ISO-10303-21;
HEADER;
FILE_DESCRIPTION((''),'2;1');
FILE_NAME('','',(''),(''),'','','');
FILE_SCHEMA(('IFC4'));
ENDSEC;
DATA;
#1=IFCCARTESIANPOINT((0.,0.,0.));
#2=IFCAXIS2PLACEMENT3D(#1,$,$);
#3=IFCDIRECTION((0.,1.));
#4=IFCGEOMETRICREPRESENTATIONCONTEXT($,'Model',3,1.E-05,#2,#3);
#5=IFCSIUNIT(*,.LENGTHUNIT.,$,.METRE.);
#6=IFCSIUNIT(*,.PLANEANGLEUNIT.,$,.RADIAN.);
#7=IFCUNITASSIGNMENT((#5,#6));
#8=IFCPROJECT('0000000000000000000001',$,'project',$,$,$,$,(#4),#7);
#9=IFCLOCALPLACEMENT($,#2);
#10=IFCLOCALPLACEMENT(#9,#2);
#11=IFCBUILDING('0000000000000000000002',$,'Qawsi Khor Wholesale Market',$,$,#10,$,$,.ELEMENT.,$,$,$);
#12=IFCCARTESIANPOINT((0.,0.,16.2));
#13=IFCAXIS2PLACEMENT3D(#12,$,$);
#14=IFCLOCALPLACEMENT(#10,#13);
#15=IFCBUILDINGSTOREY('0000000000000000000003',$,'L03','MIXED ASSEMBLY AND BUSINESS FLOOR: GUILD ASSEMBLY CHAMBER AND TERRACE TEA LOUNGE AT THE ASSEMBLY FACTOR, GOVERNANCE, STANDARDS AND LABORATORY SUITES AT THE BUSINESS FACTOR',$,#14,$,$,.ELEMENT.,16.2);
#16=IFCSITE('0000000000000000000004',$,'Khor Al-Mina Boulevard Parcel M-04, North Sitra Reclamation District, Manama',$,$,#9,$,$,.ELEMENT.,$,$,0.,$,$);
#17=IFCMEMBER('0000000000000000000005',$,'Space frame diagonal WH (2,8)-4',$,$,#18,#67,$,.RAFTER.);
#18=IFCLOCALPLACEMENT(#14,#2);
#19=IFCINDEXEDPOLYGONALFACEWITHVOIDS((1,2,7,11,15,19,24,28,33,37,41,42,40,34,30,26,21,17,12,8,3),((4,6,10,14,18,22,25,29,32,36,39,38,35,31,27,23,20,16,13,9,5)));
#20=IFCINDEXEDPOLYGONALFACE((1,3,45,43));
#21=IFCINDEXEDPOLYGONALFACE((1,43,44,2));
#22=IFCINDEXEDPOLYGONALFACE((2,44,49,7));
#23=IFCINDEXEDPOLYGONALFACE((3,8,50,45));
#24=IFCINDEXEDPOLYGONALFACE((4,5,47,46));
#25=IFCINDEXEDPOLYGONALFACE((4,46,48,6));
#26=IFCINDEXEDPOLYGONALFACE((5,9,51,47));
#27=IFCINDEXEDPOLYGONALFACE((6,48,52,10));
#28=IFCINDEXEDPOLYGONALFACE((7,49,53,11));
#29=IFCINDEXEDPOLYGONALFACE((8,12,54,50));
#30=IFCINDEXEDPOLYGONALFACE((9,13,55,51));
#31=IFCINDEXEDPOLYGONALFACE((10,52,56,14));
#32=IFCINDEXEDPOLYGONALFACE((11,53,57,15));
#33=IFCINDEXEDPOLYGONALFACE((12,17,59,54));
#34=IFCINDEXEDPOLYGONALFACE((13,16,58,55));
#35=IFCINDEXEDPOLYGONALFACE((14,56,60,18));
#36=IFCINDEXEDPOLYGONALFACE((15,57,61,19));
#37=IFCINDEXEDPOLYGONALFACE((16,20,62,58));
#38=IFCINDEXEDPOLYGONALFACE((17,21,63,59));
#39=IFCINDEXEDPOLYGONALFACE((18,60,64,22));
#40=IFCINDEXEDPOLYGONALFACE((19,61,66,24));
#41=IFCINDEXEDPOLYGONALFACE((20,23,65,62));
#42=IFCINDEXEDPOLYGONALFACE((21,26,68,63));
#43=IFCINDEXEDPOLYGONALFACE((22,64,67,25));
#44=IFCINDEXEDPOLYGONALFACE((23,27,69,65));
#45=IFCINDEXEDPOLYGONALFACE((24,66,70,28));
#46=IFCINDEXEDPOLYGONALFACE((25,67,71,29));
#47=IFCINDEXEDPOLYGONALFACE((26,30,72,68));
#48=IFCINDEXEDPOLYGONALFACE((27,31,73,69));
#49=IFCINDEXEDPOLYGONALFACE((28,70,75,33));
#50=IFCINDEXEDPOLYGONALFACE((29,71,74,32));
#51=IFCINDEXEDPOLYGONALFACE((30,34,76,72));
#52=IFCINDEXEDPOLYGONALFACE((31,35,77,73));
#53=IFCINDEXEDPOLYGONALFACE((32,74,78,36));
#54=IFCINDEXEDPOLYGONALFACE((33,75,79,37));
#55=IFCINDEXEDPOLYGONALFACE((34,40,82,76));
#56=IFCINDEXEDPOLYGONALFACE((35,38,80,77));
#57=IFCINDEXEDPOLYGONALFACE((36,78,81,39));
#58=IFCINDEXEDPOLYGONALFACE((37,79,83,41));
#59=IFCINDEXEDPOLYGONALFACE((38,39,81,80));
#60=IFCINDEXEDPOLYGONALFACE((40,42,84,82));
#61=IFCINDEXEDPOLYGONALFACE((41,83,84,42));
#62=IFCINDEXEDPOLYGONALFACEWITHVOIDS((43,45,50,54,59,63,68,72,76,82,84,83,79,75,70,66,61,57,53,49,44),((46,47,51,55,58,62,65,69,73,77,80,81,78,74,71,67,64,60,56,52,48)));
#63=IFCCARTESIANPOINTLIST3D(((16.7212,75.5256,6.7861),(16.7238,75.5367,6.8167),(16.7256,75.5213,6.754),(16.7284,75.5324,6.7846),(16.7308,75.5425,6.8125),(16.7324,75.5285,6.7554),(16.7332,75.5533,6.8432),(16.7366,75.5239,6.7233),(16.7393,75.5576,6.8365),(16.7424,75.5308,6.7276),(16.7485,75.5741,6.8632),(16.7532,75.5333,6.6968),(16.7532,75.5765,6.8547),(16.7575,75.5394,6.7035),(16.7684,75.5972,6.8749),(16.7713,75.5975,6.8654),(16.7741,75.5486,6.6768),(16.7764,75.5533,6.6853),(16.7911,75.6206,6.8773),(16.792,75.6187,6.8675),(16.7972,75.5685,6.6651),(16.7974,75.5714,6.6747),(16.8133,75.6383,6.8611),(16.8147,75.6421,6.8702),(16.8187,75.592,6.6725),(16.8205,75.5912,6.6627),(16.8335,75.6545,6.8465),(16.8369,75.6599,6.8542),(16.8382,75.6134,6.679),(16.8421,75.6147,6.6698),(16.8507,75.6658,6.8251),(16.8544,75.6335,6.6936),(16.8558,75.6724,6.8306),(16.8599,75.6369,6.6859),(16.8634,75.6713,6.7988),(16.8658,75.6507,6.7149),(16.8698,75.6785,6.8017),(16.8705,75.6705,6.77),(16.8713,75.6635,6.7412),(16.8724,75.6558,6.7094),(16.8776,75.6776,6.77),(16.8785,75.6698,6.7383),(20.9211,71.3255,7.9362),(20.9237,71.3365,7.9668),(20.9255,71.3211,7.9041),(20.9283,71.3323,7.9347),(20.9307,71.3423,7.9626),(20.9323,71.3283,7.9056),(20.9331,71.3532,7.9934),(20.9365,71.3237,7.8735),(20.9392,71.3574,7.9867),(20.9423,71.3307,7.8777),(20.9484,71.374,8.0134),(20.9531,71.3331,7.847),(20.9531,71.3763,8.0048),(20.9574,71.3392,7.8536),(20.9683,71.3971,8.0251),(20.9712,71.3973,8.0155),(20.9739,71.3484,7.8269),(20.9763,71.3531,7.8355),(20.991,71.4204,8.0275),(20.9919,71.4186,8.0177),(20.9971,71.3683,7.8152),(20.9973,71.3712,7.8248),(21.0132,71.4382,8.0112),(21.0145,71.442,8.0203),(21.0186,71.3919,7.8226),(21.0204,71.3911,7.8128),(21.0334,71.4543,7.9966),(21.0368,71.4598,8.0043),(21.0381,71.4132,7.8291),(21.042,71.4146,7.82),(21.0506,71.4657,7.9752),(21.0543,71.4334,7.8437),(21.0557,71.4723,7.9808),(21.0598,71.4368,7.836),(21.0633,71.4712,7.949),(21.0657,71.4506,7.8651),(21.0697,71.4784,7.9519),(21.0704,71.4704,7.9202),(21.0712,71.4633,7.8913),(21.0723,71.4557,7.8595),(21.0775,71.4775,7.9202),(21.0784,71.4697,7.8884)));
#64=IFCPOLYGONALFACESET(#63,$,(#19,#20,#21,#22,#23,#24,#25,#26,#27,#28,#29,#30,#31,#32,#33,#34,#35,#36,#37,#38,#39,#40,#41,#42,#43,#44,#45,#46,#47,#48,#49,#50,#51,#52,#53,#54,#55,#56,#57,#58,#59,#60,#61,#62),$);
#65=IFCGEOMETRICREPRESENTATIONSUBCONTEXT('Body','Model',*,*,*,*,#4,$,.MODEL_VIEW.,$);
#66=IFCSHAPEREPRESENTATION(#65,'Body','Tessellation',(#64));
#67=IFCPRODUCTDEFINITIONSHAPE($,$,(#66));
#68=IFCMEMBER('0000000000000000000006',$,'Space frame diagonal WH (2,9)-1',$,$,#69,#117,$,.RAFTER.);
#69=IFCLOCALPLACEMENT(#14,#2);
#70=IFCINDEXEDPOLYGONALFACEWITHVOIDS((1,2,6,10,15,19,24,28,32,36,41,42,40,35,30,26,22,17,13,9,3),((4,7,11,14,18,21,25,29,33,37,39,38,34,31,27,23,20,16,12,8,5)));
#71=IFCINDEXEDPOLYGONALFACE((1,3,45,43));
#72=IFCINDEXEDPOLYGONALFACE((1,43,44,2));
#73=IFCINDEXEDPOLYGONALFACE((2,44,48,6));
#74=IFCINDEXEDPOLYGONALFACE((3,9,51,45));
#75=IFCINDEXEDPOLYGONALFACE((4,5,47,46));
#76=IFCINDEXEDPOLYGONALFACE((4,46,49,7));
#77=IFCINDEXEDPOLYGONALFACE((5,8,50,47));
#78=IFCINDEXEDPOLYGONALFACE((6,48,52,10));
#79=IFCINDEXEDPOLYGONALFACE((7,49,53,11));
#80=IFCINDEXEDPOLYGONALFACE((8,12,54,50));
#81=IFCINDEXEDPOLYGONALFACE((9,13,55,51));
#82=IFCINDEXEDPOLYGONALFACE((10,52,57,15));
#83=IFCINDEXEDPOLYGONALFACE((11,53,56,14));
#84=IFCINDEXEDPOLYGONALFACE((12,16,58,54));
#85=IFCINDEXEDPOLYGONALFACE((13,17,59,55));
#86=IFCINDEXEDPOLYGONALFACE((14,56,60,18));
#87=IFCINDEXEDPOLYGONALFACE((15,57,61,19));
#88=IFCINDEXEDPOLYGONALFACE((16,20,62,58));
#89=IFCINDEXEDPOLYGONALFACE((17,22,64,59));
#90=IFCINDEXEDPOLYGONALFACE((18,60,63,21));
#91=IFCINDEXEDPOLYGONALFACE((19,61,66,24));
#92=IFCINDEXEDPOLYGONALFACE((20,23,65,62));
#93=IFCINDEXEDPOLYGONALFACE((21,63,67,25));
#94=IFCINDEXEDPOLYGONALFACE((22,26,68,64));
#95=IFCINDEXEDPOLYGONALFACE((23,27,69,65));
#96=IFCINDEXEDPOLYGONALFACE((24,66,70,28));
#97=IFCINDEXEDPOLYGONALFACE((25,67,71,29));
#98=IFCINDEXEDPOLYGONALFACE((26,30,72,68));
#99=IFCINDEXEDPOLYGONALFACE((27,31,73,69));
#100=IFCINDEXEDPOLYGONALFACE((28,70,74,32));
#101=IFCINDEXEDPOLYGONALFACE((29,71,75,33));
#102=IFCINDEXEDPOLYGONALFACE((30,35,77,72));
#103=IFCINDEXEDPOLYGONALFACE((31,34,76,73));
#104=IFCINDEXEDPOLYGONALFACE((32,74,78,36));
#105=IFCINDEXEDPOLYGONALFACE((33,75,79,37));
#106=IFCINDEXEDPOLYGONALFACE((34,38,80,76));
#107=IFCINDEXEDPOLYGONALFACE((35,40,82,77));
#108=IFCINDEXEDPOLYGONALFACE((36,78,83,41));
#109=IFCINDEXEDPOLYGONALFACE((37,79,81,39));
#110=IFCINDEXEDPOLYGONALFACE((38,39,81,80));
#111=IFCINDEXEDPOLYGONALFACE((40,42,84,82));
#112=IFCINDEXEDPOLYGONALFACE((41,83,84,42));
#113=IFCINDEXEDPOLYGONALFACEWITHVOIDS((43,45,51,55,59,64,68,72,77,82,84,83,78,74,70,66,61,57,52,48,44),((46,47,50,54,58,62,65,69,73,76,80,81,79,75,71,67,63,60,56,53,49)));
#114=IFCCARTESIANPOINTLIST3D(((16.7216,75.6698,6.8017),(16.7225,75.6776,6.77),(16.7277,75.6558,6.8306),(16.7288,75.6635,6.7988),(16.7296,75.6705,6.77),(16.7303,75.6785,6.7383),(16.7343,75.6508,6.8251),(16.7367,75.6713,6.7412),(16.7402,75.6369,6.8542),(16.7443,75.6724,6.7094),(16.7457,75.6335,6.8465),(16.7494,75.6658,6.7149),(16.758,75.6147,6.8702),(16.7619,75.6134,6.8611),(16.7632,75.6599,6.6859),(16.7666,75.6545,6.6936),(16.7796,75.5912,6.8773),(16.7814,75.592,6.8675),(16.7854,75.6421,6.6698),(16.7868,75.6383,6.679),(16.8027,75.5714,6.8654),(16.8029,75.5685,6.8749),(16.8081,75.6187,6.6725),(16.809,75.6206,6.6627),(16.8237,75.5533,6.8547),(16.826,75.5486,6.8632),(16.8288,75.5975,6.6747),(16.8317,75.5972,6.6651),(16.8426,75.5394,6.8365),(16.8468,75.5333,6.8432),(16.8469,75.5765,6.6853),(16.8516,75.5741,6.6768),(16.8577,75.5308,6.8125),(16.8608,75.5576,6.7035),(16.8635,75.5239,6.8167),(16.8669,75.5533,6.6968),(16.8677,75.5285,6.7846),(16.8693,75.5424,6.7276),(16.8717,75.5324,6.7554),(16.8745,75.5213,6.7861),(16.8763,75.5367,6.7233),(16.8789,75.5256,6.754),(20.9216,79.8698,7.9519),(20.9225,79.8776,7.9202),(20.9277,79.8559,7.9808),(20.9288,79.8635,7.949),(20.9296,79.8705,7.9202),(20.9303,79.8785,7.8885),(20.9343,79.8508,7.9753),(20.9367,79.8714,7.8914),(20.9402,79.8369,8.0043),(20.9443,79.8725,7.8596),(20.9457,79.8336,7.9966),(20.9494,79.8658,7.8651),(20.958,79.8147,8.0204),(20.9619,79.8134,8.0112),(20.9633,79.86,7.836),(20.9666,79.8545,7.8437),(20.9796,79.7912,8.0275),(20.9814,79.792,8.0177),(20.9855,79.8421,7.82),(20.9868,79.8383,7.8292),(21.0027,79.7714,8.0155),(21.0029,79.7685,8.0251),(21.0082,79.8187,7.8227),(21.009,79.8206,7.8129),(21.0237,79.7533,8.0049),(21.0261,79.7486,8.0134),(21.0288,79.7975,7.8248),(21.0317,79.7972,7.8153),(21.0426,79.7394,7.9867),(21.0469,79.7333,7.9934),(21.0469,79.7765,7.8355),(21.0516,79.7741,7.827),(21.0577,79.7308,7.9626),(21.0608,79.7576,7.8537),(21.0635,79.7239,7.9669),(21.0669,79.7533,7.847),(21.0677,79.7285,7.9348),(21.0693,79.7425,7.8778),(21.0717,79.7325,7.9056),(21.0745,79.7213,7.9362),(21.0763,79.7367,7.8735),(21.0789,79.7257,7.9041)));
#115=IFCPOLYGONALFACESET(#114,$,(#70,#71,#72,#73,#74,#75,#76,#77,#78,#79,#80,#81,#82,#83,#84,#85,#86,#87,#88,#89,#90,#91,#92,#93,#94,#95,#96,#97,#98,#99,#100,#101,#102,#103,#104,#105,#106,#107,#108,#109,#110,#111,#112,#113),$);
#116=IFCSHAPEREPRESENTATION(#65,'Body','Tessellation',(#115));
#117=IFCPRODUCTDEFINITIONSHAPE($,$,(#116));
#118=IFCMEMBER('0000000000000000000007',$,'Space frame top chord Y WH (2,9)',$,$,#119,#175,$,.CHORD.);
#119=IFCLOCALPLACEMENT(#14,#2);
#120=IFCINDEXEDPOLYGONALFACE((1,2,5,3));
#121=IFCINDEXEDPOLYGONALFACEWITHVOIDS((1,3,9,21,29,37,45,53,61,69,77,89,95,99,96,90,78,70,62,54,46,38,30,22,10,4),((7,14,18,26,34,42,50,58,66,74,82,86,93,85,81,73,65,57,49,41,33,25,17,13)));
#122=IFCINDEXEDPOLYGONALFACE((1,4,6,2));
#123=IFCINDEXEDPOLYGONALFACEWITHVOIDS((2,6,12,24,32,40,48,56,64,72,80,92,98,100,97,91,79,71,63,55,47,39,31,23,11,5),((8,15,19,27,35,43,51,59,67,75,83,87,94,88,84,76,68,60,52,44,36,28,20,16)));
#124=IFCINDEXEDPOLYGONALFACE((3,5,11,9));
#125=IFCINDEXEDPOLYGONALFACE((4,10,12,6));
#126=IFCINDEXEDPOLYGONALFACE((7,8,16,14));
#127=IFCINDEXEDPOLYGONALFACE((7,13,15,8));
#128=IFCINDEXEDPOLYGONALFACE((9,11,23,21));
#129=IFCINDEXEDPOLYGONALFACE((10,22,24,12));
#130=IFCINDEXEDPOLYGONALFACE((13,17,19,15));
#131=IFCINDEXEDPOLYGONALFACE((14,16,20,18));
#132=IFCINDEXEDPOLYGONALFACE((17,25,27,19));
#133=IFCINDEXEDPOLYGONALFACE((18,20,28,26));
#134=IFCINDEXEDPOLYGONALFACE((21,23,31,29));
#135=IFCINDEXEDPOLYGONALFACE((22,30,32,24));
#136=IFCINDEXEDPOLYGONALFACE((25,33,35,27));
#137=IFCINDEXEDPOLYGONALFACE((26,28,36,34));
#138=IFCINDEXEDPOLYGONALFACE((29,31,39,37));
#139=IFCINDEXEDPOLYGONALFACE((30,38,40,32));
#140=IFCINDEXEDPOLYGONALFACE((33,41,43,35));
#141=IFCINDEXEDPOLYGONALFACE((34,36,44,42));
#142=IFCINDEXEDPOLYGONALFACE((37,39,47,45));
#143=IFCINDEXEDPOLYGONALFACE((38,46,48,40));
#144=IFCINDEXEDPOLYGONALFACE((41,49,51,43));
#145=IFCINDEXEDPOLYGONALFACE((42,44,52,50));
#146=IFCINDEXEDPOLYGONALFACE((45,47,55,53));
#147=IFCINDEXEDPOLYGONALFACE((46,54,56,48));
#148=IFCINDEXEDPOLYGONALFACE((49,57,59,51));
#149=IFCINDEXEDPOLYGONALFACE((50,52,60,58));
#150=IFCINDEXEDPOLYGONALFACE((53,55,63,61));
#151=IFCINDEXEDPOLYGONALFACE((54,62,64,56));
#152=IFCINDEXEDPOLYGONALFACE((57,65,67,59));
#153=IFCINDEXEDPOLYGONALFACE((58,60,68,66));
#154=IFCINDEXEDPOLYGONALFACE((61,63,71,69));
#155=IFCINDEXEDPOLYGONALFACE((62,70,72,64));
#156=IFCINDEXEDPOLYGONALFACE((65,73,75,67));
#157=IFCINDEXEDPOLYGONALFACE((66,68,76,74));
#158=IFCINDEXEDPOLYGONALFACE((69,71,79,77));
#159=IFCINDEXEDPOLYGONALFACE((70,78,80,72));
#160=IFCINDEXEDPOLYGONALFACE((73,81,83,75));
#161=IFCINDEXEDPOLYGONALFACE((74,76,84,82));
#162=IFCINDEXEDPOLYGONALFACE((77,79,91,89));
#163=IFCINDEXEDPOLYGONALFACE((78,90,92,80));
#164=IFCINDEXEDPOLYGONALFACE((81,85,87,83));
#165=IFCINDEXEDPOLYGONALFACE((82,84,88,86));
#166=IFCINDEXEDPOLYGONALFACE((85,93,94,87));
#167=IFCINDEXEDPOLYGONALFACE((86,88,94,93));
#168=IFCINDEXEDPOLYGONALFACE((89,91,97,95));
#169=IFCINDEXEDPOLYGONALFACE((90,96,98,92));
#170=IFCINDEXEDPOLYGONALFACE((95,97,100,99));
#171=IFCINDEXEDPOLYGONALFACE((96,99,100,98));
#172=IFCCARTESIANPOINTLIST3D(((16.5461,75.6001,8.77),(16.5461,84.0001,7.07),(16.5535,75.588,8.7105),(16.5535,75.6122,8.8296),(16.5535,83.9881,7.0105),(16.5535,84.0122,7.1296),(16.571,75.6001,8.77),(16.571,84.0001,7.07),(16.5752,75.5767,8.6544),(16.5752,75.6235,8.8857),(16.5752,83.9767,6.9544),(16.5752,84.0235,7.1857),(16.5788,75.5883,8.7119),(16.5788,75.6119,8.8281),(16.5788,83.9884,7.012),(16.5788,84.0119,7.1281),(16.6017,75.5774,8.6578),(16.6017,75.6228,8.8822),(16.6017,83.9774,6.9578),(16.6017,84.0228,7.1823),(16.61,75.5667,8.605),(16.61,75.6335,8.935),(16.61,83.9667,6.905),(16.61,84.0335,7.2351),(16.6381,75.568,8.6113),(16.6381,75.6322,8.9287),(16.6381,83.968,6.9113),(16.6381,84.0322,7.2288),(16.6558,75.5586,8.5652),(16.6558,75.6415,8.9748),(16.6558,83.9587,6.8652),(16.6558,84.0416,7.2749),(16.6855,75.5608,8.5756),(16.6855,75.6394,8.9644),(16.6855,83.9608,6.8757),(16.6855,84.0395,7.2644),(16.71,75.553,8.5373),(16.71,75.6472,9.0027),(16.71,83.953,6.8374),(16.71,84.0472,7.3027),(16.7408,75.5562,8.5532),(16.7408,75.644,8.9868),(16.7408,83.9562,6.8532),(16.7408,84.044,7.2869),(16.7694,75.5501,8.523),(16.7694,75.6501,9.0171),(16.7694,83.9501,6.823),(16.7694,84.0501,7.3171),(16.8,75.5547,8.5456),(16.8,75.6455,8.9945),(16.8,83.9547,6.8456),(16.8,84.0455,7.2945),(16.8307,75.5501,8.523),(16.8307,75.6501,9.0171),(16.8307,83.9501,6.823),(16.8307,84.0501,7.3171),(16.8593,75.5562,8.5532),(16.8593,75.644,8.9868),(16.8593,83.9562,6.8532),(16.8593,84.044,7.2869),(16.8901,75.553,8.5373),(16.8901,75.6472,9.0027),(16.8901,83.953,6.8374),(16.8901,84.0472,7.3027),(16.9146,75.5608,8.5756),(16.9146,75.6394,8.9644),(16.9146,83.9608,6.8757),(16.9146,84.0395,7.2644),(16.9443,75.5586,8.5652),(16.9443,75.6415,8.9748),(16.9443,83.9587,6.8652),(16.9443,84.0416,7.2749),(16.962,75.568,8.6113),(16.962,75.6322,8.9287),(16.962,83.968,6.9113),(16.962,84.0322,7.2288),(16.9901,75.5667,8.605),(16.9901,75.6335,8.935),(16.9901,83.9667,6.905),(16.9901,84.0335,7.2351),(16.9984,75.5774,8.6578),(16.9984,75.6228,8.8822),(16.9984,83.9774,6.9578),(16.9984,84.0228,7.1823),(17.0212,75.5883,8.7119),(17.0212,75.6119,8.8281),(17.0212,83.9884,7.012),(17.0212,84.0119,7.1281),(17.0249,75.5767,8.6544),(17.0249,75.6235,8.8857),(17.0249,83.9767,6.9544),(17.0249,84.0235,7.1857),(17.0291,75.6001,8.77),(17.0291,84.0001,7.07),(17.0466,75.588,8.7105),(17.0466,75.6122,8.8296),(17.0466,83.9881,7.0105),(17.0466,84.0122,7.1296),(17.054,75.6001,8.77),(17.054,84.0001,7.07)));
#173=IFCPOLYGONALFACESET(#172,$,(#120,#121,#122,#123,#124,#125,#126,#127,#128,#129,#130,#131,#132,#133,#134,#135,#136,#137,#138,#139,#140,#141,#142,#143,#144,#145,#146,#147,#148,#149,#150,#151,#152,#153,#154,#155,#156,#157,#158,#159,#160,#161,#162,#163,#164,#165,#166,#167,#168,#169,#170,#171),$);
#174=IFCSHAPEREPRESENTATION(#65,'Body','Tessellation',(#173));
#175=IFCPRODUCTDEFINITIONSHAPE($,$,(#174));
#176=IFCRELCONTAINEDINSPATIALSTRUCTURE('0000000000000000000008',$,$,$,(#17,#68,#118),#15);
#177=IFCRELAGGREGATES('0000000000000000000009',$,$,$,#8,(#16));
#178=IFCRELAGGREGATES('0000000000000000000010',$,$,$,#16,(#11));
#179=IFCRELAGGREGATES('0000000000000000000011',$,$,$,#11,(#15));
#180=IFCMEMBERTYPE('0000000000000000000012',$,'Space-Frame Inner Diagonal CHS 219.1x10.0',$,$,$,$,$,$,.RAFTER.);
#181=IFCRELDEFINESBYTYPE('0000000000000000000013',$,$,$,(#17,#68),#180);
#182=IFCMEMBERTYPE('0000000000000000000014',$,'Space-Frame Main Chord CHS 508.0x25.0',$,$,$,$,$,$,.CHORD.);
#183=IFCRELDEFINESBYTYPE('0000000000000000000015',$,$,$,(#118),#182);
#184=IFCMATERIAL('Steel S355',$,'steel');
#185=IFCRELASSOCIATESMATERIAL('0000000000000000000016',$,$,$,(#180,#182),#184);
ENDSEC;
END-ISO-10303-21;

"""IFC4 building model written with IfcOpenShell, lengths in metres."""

from ifc_helpers import new_model, si_unit, direction, frame, origin, origin_2d, place, context, subcontext, project, spatial, hollow_circle, extrude, material, material_profile, profile_set, type_object, element, save


model = new_model("IFC4")

# Units and contexts
model_context = context("Model", 3, precision=1e-05, world=origin(), true_north=direction((0.0, 1.0)))
body_context = subcontext(model_context, "Body", "Model", "MODEL_VIEW")
ifc_project = project(units=[si_unit("LENGTHUNIT", "METRE"), si_unit("PLANEANGLEUNIT", "RADIAN")], contexts=[model_context])

# Site, building, storey
site_placement = place(None, origin())
site = spatial("IfcSite", under=ifc_project, at=site_placement, Name="Khor Al-Mina Boulevard Parcel M-04, North Sitra Reclamation District, Manama", CompositionType="ELEMENT", RefElevation=0.0)
building_placement = place(site_placement, origin())
building = spatial("IfcBuilding", under=site, at=building_placement, Name="Qawsi Khor Wholesale Market", CompositionType="ELEMENT")
storey_placement = place(building_placement, frame((0.0, 0.0, 16.2)))
storey = spatial("IfcBuildingStorey", under=building, at=storey_placement, Name="L03", Description="MIXED ASSEMBLY AND BUSINESS FLOOR: GUILD ASSEMBLY CHAMBER AND TERRACE TEA LOUNGE AT THE ASSEMBLY FACTOR, GOVERNANCE, STANDARDS AND LABORATORY SUITES AT THE BUSINESS FACTOR", CompositionType="ELEMENT", Elevation=16.2)

# Members
ifc_material_1 = material(Name="Steel S355", Category="steel")
ifc_material_profile_1 = material_profile(ifc_material_1, hollow_circle(Radius=0.1096, WallThickness=0.01, at=origin_2d()), Name="CHS 219.1x10.0")
ifc_profile_set_1 = profile_set([ifc_material_profile_1], Name="Steel S355")
member_type_1 = type_object("IfcMemberType", Name="Space-Frame Inner Diagonal CHS 219.1x10.0", PredefinedType="RAFTER", material=ifc_profile_set_1)
for number, where, z_axis, x_axis, name in (
    (1, (16.8, 75.6001, 6.77), (0.694192, -0.694232, 0.190103), (0.707127, 0.707086, 0.0), "Space frame diagonal WH (2,8)-4"),
    (2, (16.8, 75.6001, 6.77), (0.694211, 0.694211, 0.190108), (-0.707107, 0.707107, 0.0), "Space frame diagonal WH (2,9)-1"),
):
    element("IfcMember", number, at=place(storey_placement, frame(where, z_axis=z_axis, x_axis=x_axis)), inside=storey, type_object=member_type_1, Name=name, PredefinedType="RAFTER", context=body_context, shape_type="SweptSolid", body=[
        extrude(hollow_circle(Radius=0.1096, WallThickness=0.01, at=origin_2d()), origin(), (0.0, 0.0, 1.0), 6.05),
    ])
ifc_material_profile_2 = material_profile(ifc_material_1, hollow_circle(Radius=0.2539, WallThickness=0.0249, at=origin_2d()), Name="CHS 508.0x25.0")
ifc_profile_set_2 = profile_set([ifc_material_profile_2], Name="Steel S355")
member_type_2 = type_object("IfcMemberType", Name="Space-Frame Main Chord CHS 508.0x25.0", PredefinedType="CHORD", material=ifc_profile_set_2)
member_1_placement = place(storey_placement, frame((16.8, 75.6001, 8.77), z_axis=(0.0, 0.98013, -0.198356), x_axis=(-1.0, 0.0, 0.0)))
element("IfcMember", 3, at=member_1_placement, inside=storey, type_object=member_type_2, Name="Space frame top chord Y WH (2,9)", PredefinedType="CHORD", context=body_context, shape_type="SweptSolid", body=[
    extrude(hollow_circle(Radius=0.2539, WallThickness=0.0249, at=origin_2d()), origin(), (0.0, 0.0, 1.0), 8.5703),
])

save(model, "model.ifc")
